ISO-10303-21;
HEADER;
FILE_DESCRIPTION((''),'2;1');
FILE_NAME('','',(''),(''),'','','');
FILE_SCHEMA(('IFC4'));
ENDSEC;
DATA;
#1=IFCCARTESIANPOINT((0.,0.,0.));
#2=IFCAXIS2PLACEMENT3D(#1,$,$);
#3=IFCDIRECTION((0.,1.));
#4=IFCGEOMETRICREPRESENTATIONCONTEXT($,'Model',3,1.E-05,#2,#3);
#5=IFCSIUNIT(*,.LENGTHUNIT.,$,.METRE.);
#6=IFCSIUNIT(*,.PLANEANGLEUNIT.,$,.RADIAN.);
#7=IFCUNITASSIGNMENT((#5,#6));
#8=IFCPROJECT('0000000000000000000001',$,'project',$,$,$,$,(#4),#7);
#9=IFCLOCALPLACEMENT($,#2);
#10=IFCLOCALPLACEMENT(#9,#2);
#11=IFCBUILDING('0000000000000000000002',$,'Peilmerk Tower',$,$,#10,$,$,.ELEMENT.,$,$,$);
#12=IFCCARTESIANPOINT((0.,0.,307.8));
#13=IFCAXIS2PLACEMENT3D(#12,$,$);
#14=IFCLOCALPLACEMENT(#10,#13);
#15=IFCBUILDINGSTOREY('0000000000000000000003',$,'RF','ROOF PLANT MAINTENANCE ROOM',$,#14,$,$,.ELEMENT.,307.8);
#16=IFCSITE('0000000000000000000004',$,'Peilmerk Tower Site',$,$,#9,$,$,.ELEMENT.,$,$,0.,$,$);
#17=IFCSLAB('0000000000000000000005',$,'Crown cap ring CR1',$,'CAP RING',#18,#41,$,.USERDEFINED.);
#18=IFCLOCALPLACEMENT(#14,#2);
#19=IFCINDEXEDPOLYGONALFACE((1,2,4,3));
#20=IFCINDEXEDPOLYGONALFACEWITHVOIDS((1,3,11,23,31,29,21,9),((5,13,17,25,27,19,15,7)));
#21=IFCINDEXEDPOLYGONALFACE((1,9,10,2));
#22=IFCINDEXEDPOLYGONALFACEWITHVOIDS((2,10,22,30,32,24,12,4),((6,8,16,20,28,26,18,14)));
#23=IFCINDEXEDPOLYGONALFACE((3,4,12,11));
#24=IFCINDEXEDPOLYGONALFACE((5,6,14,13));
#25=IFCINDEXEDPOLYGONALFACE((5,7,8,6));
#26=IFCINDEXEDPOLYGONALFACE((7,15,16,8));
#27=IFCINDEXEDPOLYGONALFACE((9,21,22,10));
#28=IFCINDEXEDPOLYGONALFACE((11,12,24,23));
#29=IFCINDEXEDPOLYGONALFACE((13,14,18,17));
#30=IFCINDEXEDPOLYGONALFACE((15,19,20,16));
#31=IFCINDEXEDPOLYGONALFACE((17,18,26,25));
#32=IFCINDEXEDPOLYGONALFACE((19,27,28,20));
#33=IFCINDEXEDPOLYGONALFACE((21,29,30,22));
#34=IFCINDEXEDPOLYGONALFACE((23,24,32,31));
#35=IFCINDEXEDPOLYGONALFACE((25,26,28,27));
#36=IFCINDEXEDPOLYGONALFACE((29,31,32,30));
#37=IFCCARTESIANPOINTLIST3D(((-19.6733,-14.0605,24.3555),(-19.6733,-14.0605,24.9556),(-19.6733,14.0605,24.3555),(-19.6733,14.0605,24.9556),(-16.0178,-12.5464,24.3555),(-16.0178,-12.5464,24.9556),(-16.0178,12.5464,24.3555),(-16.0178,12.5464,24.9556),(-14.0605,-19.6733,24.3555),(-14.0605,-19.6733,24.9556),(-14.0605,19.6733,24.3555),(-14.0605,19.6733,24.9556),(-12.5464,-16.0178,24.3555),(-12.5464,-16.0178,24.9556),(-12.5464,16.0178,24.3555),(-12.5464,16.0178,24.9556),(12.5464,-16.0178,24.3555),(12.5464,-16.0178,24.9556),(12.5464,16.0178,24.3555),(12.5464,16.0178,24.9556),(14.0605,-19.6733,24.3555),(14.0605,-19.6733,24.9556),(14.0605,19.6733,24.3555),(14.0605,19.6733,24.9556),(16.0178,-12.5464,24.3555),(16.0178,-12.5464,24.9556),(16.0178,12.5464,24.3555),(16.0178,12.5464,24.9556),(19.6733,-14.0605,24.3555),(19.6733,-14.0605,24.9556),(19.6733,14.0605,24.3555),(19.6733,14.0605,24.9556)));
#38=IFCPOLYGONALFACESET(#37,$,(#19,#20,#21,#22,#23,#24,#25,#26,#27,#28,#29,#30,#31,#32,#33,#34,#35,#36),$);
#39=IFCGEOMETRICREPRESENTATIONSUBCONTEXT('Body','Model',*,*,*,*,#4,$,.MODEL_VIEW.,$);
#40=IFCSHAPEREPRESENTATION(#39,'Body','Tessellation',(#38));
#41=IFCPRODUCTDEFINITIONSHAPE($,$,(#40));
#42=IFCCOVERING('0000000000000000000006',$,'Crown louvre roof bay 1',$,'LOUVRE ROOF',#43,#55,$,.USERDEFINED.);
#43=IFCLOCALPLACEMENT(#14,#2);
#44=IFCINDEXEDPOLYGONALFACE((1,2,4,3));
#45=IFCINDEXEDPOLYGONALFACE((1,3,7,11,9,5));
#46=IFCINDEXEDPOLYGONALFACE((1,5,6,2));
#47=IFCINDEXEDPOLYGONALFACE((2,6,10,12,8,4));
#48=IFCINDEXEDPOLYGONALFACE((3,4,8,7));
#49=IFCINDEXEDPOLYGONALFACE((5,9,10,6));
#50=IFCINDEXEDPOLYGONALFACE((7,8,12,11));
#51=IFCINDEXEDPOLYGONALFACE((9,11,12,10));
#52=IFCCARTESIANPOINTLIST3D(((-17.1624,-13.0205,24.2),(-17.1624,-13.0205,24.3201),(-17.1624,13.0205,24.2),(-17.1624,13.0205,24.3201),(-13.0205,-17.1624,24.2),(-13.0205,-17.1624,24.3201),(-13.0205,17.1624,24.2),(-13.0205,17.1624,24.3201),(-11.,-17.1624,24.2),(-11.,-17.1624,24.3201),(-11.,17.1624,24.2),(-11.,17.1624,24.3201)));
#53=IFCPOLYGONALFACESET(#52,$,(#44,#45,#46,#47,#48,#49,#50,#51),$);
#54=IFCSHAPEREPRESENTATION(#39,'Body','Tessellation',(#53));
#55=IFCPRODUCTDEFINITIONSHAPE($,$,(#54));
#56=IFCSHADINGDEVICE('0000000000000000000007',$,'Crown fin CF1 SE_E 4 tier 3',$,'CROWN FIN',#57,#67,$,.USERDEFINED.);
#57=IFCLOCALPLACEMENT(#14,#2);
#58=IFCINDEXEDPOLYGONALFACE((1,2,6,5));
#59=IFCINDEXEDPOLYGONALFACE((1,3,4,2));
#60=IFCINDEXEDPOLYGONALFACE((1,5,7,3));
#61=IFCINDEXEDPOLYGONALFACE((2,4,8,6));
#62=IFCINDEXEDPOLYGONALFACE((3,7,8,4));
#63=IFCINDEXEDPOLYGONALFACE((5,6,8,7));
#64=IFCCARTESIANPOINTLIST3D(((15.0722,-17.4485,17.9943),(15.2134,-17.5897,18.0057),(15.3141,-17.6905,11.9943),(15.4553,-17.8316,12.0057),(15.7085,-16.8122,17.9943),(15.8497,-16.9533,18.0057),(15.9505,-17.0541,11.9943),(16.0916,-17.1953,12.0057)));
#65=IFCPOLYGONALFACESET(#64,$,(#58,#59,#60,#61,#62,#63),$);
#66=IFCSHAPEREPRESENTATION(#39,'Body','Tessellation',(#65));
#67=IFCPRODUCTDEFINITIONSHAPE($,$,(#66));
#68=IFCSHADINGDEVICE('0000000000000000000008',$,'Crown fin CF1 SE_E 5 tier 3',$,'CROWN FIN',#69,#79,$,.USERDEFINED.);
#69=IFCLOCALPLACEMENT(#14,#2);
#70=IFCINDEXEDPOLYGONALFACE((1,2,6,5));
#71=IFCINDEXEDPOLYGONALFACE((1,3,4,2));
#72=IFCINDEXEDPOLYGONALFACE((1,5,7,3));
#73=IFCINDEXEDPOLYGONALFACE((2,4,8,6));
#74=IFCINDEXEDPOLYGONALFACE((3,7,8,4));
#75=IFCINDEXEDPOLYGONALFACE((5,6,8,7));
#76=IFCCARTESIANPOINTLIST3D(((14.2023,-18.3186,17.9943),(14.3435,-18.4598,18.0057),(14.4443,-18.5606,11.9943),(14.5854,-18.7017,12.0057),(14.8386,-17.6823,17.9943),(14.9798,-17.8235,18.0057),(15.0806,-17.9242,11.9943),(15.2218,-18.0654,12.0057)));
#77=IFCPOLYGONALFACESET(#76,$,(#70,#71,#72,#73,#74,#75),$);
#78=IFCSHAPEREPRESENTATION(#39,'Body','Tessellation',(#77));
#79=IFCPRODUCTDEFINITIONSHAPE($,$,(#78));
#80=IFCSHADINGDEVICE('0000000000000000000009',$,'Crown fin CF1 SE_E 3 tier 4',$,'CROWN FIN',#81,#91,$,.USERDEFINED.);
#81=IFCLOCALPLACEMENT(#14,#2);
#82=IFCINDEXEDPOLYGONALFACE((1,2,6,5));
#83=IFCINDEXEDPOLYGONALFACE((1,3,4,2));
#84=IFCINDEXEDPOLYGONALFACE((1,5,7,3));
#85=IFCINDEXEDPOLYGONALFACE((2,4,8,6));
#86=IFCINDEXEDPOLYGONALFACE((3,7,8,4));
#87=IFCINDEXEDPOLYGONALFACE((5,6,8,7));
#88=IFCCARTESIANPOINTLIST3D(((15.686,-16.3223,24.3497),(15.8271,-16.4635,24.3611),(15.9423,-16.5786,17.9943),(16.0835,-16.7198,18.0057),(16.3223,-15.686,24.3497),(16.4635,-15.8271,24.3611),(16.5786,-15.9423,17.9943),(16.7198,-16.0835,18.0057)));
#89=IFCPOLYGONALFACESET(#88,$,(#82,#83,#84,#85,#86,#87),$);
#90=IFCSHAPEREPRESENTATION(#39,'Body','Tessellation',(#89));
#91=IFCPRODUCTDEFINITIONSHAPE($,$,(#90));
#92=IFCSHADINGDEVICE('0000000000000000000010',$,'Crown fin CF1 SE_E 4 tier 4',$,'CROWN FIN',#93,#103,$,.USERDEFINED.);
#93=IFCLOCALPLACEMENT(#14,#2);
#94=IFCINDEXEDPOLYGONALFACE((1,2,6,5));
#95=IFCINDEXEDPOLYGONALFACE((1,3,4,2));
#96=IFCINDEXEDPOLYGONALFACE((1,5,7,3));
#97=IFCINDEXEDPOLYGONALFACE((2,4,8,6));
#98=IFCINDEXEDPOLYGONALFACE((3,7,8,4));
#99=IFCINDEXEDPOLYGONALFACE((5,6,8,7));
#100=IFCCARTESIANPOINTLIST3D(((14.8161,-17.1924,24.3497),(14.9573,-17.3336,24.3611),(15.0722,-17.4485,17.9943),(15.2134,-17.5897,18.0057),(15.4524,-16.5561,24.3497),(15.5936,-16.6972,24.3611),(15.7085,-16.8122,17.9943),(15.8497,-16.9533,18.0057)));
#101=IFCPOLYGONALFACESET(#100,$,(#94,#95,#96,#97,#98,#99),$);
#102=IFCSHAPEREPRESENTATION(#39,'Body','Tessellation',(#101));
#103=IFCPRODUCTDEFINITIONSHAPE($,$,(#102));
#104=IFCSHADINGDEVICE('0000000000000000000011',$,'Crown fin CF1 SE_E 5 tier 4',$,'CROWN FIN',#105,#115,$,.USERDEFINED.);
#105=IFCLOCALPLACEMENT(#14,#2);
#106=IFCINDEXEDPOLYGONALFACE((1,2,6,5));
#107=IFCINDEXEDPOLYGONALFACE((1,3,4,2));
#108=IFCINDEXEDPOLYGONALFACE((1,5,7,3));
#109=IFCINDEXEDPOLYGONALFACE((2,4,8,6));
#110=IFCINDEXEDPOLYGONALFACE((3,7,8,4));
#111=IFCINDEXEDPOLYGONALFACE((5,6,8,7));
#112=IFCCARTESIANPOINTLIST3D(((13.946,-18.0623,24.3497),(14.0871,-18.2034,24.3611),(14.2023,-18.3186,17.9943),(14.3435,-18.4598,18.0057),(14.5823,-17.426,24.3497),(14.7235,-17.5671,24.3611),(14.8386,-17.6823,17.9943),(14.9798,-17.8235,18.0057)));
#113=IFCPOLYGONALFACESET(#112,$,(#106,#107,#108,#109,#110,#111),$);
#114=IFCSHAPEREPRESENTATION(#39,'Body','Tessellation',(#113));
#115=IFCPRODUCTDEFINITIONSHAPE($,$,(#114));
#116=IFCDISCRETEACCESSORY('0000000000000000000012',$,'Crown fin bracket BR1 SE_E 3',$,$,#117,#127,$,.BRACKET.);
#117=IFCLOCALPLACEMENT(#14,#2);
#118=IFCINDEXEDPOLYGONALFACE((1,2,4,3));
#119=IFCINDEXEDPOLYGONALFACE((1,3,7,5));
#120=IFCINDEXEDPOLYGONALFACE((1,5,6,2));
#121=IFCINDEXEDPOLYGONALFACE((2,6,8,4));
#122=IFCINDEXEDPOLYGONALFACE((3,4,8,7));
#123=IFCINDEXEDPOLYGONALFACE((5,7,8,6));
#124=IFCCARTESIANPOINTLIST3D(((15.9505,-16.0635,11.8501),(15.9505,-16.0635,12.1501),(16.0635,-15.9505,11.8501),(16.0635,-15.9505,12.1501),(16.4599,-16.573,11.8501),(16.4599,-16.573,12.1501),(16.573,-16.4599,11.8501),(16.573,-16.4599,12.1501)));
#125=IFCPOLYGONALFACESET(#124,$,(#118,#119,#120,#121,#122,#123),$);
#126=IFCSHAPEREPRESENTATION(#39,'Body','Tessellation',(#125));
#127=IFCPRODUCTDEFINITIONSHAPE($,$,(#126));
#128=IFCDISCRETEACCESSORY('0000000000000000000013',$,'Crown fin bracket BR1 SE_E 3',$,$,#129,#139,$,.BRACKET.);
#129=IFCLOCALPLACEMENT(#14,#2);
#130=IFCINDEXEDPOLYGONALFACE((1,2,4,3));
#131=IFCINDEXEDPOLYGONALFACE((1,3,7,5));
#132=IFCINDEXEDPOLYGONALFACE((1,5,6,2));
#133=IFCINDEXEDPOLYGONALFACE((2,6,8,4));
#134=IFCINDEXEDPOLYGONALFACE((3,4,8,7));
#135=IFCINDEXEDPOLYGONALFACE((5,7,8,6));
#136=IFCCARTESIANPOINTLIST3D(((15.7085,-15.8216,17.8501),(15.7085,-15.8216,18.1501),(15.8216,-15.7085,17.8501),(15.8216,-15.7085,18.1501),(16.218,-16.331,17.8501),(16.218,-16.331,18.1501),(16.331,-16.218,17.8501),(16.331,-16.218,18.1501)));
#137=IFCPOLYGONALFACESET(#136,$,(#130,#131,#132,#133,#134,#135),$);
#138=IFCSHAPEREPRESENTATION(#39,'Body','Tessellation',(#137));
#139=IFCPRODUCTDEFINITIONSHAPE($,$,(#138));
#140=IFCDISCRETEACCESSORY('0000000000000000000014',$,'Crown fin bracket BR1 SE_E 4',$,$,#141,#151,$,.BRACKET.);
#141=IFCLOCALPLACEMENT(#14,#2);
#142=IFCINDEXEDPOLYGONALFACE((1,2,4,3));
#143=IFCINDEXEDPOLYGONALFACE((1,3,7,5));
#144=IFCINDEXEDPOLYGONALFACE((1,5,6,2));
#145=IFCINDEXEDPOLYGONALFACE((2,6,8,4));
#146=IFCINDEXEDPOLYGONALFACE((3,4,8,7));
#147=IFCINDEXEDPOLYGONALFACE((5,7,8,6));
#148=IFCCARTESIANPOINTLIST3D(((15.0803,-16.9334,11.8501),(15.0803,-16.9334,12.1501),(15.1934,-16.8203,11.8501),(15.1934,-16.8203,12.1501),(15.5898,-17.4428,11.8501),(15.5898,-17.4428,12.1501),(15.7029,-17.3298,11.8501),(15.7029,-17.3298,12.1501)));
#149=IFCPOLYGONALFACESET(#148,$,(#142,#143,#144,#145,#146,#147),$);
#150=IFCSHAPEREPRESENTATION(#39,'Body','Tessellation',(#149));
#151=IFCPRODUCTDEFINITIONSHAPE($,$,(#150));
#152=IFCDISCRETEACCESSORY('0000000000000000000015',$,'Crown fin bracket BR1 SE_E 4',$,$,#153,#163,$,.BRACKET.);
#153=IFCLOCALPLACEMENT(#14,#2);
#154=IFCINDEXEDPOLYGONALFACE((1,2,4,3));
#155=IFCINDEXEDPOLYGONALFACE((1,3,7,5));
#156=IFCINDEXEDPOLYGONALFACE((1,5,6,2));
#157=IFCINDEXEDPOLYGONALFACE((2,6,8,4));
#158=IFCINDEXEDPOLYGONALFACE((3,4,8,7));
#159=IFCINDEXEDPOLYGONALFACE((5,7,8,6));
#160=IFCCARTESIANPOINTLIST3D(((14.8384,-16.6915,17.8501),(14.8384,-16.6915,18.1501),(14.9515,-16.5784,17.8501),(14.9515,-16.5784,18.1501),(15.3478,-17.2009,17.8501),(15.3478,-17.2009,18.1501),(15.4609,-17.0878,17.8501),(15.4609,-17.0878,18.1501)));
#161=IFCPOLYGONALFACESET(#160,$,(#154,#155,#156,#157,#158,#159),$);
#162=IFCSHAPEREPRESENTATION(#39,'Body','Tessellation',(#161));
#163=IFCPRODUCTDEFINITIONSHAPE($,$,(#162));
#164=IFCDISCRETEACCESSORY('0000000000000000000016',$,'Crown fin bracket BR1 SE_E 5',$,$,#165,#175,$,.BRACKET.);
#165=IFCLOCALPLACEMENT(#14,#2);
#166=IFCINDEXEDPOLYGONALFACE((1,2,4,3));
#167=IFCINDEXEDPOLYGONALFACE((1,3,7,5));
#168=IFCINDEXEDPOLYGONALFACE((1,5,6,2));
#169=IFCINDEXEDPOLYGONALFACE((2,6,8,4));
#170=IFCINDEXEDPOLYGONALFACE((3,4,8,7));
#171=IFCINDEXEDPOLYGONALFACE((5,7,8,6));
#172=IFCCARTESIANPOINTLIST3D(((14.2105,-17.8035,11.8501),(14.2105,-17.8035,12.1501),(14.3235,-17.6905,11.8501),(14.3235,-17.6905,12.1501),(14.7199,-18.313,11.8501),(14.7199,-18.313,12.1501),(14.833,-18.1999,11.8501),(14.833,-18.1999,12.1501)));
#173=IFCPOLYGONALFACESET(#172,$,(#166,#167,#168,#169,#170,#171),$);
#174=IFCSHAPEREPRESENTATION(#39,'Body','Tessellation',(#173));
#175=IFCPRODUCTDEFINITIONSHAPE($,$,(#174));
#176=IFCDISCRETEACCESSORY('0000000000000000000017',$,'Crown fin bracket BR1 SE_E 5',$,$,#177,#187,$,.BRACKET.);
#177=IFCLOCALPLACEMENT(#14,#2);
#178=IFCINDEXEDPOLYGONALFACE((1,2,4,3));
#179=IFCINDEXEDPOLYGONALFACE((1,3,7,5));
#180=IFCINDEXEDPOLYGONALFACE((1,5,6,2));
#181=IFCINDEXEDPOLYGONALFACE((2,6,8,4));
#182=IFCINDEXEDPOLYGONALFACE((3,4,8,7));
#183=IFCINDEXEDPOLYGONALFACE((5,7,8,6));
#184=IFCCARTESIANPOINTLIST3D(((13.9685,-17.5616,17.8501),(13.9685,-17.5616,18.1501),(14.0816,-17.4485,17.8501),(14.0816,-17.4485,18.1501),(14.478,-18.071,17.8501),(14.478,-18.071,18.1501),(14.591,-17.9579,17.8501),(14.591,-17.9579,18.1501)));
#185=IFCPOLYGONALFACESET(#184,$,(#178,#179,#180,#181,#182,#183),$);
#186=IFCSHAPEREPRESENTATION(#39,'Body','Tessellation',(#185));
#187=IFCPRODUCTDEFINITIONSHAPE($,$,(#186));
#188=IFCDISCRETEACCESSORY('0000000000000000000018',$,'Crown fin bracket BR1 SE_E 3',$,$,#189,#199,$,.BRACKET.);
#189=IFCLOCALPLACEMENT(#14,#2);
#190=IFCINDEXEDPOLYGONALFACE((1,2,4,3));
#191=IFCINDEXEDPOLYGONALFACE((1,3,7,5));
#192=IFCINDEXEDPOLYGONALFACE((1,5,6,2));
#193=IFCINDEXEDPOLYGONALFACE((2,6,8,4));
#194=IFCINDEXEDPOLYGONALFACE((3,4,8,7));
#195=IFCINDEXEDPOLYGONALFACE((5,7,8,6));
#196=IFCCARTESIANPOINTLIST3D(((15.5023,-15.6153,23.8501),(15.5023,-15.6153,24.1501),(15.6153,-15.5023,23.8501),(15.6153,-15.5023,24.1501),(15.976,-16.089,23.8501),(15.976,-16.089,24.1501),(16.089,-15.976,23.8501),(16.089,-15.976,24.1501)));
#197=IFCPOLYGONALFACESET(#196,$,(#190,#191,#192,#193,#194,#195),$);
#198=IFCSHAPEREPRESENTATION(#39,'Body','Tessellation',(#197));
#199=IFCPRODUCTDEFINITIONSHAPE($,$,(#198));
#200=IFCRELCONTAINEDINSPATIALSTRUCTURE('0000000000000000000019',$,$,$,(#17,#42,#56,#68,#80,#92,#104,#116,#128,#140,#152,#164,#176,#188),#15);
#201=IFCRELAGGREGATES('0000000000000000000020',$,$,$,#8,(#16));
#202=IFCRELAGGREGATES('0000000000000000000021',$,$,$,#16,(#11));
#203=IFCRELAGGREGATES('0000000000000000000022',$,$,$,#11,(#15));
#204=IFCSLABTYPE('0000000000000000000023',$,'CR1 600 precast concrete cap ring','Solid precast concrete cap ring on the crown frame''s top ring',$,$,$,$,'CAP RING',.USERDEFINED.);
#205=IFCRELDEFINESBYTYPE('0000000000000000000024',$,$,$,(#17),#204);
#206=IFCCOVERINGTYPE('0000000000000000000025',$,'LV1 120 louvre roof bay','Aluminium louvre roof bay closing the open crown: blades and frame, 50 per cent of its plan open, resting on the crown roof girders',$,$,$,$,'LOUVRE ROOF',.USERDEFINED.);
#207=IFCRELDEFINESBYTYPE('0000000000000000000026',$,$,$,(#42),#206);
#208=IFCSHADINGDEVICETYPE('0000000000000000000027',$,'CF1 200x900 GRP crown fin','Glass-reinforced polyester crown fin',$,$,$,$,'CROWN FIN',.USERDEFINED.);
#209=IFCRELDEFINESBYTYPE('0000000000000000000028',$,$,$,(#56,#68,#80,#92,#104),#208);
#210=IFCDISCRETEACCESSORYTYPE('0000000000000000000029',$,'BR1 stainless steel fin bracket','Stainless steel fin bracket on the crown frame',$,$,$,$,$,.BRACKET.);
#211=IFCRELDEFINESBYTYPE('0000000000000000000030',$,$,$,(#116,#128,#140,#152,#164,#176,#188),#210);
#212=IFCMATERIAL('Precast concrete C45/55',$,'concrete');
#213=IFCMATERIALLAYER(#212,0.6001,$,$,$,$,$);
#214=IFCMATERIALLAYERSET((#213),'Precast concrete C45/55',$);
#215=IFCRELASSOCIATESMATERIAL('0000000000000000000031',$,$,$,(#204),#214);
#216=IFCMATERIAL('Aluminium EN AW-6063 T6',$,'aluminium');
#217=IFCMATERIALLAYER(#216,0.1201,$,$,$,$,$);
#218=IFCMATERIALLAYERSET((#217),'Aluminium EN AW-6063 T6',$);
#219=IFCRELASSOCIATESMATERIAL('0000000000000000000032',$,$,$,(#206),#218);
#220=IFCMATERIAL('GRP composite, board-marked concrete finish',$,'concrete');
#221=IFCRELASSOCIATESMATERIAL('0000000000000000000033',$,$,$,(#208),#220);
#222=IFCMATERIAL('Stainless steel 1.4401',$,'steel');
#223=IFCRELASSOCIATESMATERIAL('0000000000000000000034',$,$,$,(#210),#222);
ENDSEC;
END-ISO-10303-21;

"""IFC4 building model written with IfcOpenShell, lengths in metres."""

from ifc_helpers import new_model, si_unit, direction, frame, origin, origin_2d, place, context, subcontext, project, spatial, polyline, rectangle, outline, extrude, source, transform, mapped, material, layer, layer_set, material_profile, profile_set, type_object, element, save


model = new_model("IFC4")

# Units and contexts
model_context = context("Model", 3, precision=1e-05, world=origin(), true_north=direction((0.0, 1.0)))
body_context = subcontext(model_context, "Body", "Model", "MODEL_VIEW")
ifc_project = project(units=[si_unit("LENGTHUNIT", "METRE"), si_unit("PLANEANGLEUNIT", "RADIAN")], contexts=[model_context])

# Site, building, storey
site_placement = place(None, origin())
site = spatial("IfcSite", under=ifc_project, at=site_placement, Name="Peilmerk Tower Site", CompositionType="ELEMENT", RefElevation=0.0)
building_placement = place(site_placement, origin())
building = spatial("IfcBuilding", under=site, at=building_placement, Name="Peilmerk Tower", CompositionType="ELEMENT")
storey_placement = place(building_placement, frame((0.0, 0.0, 307.8)))
storey = spatial("IfcBuildingStorey", under=building, at=storey_placement, Name="RF", Description="ROOF PLANT MAINTENANCE ROOM", CompositionType="ELEMENT", Elevation=307.8)

# Slab
ifc_material_1 = material(Name="Precast concrete C45/55", Category="concrete")
ifc_layer_1 = layer(ifc_material_1, 0.6001)
ifc_layer_set_1 = layer_set([ifc_layer_1], Name="Precast concrete C45/55")
slab_type = type_object("IfcSlabType", Name="CR1 600 precast concrete cap ring", Description="Solid precast concrete cap ring on the crown frame's top ring", ElementType="CAP RING", PredefinedType="USERDEFINED", material=ifc_layer_set_1)
slab_placement = place(storey_placement, frame((0.0, 0.0, 24.3555)))
element("IfcSlab", 1, at=slab_placement, inside=storey, type_object=slab_type, Name="Crown cap ring CR1", ObjectType="CAP RING", PredefinedType="USERDEFINED", context=body_context, shape_type="SweptSolid", body=[
    extrude(outline(polyline([(14.0605, 19.6733), (19.6733, 14.0605), (19.6733, -14.0605), (14.0605, -19.6733), (-14.0605, -19.6733), (-19.6733, -14.0605), (-19.6733, 14.0605), (-14.0605, 19.6733), (14.0605, 19.6733)]), holes=[polyline([(12.5464, 16.0178), (16.0178, 12.5464), (16.0178, -12.5464), (12.5464, -16.0178), (-12.5464, -16.0178), (-16.0178, -12.5464), (-16.0178, 12.5464), (-12.5464, 16.0178), (12.5464, 16.0178)])]), origin(), (0.0, 0.0, 1.0), 0.6001),
])

# Covering
ifc_material_2 = material(Name="Aluminium EN AW-6063 T6", Category="aluminium")
ifc_layer_2 = layer(ifc_material_2, 0.1201)
ifc_layer_set_2 = layer_set([ifc_layer_2], Name="Aluminium EN AW-6063 T6")
covering_type = type_object("IfcCoveringType", Name="LV1 120 louvre roof bay", Description="Aluminium louvre roof bay closing the open crown: blades and frame, 50 per cent of its plan open, resting on the crown roof girders", ElementType="LOUVRE ROOF", PredefinedType="USERDEFINED", material=ifc_layer_set_2)
covering_placement = place(storey_placement, frame((0.0, 0.0, 24.2)))
element("IfcCovering", 2, at=covering_placement, inside=storey, type_object=covering_type, Name="Crown louvre roof bay 1", ObjectType="LOUVRE ROOF", PredefinedType="USERDEFINED", context=body_context, shape_type="SweptSolid", body=[
    extrude(outline(polyline([(-13.0205, -17.1624), (-11.0, -17.1624), (-11.0, 17.1624), (-13.0205, 17.1624), (-17.1624, 13.0205), (-17.1624, -13.0205), (-13.0205, -17.1624)])), origin(), (0.0, 0.0, 1.0), 0.1201),
])

# Shading devices
ifc_material_3 = material(Name="GRP composite, board-marked concrete finish", Category="concrete")
ifc_material_profile_1 = material_profile(ifc_material_3, rectangle(XDim=0.2, YDim=0.8999, at=origin_2d()), Name="CF1 200x900")
ifc_profile_set_1 = profile_set([ifc_material_profile_1], Name="GRP composite, board-marked concrete finish")
shading_device_type = type_object("IfcShadingDeviceType", Name="CF1 200x900 GRP crown fin", Description="Glass-reinforced polyester crown fin", ElementType="CROWN FIN", PredefinedType="USERDEFINED", material=ifc_profile_set_1)
shared_shape_1 = source(origin(), body_context, "Body", "SweptSolid", [
    extrude(rectangle(XDim=0.2, YDim=0.8999, at=origin_2d()), origin(), (0.0, 0.0, 1.0), 6.0098),
])
for number, where, z_axis, x_axis, name in (
    (3, (15.7029, -17.4429, 12.0), (-0.040258, 0.040258, 0.998378), (0.70596, -0.70596, 0.056934), "Crown fin CF1 SE_E 4 tier 3"),
    (4, (14.833, -18.313, 12.0), (-0.040258, 0.040258, 0.998378), (0.70596, -0.70596, 0.056934), "Crown fin CF1 SE_E 5 tier 3"),
):
    element("IfcShadingDevice", number, at=place(storey_placement, frame(where, z_axis=z_axis, x_axis=x_axis)), inside=storey, type_object=shading_device_type, Name=name, ObjectType="CROWN FIN", PredefinedType="USERDEFINED", context=body_context, shape_type="MappedRepresentation", body=[
        mapped(shared_shape_1, transform((0.0, 0.0, 0.0), scale=1.0)),
    ])
shared_shape_2 = source(origin(), body_context, "Body", "SweptSolid", [
    extrude(rectangle(XDim=0.2, YDim=0.8999, at=origin_2d()), origin(), (0.0, 0.0, 1.0), 6.3657),
])
for number, where, z_axis, x_axis, name in (
    (5, (16.3311, -16.3311, 18.0), (-0.04027, 0.04027, 0.998377), (0.705959, -0.705959, 0.05695), "Crown fin CF1 SE_E 3 tier 4"),
    (6, (15.4609, -17.2009, 18.0), (-0.040231, 0.040231, 0.99838), (0.705961, -0.705961, 0.056896), "Crown fin CF1 SE_E 4 tier 4"),
    (7, (14.5911, -18.071, 18.0), (-0.04027, 0.04027, 0.998377), (0.705959, -0.705959, 0.05695), "Crown fin CF1 SE_E 5 tier 4"),
):
    element("IfcShadingDevice", number, at=place(storey_placement, frame(where, z_axis=z_axis, x_axis=x_axis)), inside=storey, type_object=shading_device_type, Name=name, ObjectType="CROWN FIN", PredefinedType="USERDEFINED", context=body_context, shape_type="MappedRepresentation", body=[
        mapped(shared_shape_2, transform((0.0, 0.0, 0.0), scale=1.0)),
    ])

# Discrete accessories
ifc_material_4 = material(Name="Stainless steel 1.4401", Category="steel")
discrete_accessory_type = type_object("IfcDiscreteAccessoryType", Name="BR1 stainless steel fin bracket", Description="Stainless steel fin bracket on the crown frame", PredefinedType="BRACKET", material=ifc_material_4)
shared_shape_3 = source(origin(), body_context, "Body", "SweptSolid", [
    extrude(rectangle(XDim=0.7205, YDim=0.1599, at=origin_2d()), origin(), (0.0, 0.0, 1.0), 0.3),
])
for number, where, z_axis, x_axis, name in (
    (8, (16.2617, -16.2617, 11.8501), (0.0, 0.0, 1.0), (0.707107, -0.707107, 0.0), "Crown fin bracket BR1 SE_E 3"),
    (9, (16.0198, -16.0198, 17.8501), (0.0, 0.0, 1.0), (0.707107, -0.707107, 0.0), "Crown fin bracket BR1 SE_E 3"),
    (10, (15.3916, -17.1316, 11.8501), (0.0, 0.0, 1.0), (0.707107, -0.707107, 0.0), "Crown fin bracket BR1 SE_E 4"),
    (11, (15.1497, -16.8896, 17.8501), (0.0, 0.0, 1.0), (0.707107, -0.707107, 0.0), "Crown fin bracket BR1 SE_E 4"),
    (12, (14.5217, -18.0017, 11.8501), (0.0, 0.0, 1.0), (0.707107, -0.707107, 0.0), "Crown fin bracket BR1 SE_E 5"),
    (13, (14.2798, -17.7598, 17.8501), (0.0, 0.0, 1.0), (0.707107, -0.707107, 0.0), "Crown fin bracket BR1 SE_E 5"),
):
    element("IfcDiscreteAccessory", number, at=place(storey_placement, frame(where, z_axis=z_axis, x_axis=x_axis)), inside=storey, type_object=discrete_accessory_type, Name=name, PredefinedType="BRACKET", context=body_context, shape_type="MappedRepresentation", body=[
        mapped(shared_shape_3, transform((0.0, 0.0, 0.0), scale=1.0)),
    ])
shared_shape_4 = source(origin(), body_context, "Body", "SweptSolid", [
    extrude(rectangle(XDim=0.6699, YDim=0.1599, at=origin_2d()), origin(), (0.0, 0.0, 1.0), 0.3),
])
for number, where, z_axis, x_axis, name in (
    (14, (15.7957, -15.7957, 23.8501), (0.0, 0.0, 1.0), (0.707107, -0.707107, 0.0), "Crown fin bracket BR1 SE_E 3"),
):
    element("IfcDiscreteAccessory", number, at=place(storey_placement, frame(where, z_axis=z_axis, x_axis=x_axis)), inside=storey, type_object=discrete_accessory_type, Name=name, PredefinedType="BRACKET", context=body_context, shape_type="MappedRepresentation", body=[
        mapped(shared_shape_4, transform((0.0, 0.0, 0.0), scale=1.0)),
    ])

save(model, "model.ifc")
